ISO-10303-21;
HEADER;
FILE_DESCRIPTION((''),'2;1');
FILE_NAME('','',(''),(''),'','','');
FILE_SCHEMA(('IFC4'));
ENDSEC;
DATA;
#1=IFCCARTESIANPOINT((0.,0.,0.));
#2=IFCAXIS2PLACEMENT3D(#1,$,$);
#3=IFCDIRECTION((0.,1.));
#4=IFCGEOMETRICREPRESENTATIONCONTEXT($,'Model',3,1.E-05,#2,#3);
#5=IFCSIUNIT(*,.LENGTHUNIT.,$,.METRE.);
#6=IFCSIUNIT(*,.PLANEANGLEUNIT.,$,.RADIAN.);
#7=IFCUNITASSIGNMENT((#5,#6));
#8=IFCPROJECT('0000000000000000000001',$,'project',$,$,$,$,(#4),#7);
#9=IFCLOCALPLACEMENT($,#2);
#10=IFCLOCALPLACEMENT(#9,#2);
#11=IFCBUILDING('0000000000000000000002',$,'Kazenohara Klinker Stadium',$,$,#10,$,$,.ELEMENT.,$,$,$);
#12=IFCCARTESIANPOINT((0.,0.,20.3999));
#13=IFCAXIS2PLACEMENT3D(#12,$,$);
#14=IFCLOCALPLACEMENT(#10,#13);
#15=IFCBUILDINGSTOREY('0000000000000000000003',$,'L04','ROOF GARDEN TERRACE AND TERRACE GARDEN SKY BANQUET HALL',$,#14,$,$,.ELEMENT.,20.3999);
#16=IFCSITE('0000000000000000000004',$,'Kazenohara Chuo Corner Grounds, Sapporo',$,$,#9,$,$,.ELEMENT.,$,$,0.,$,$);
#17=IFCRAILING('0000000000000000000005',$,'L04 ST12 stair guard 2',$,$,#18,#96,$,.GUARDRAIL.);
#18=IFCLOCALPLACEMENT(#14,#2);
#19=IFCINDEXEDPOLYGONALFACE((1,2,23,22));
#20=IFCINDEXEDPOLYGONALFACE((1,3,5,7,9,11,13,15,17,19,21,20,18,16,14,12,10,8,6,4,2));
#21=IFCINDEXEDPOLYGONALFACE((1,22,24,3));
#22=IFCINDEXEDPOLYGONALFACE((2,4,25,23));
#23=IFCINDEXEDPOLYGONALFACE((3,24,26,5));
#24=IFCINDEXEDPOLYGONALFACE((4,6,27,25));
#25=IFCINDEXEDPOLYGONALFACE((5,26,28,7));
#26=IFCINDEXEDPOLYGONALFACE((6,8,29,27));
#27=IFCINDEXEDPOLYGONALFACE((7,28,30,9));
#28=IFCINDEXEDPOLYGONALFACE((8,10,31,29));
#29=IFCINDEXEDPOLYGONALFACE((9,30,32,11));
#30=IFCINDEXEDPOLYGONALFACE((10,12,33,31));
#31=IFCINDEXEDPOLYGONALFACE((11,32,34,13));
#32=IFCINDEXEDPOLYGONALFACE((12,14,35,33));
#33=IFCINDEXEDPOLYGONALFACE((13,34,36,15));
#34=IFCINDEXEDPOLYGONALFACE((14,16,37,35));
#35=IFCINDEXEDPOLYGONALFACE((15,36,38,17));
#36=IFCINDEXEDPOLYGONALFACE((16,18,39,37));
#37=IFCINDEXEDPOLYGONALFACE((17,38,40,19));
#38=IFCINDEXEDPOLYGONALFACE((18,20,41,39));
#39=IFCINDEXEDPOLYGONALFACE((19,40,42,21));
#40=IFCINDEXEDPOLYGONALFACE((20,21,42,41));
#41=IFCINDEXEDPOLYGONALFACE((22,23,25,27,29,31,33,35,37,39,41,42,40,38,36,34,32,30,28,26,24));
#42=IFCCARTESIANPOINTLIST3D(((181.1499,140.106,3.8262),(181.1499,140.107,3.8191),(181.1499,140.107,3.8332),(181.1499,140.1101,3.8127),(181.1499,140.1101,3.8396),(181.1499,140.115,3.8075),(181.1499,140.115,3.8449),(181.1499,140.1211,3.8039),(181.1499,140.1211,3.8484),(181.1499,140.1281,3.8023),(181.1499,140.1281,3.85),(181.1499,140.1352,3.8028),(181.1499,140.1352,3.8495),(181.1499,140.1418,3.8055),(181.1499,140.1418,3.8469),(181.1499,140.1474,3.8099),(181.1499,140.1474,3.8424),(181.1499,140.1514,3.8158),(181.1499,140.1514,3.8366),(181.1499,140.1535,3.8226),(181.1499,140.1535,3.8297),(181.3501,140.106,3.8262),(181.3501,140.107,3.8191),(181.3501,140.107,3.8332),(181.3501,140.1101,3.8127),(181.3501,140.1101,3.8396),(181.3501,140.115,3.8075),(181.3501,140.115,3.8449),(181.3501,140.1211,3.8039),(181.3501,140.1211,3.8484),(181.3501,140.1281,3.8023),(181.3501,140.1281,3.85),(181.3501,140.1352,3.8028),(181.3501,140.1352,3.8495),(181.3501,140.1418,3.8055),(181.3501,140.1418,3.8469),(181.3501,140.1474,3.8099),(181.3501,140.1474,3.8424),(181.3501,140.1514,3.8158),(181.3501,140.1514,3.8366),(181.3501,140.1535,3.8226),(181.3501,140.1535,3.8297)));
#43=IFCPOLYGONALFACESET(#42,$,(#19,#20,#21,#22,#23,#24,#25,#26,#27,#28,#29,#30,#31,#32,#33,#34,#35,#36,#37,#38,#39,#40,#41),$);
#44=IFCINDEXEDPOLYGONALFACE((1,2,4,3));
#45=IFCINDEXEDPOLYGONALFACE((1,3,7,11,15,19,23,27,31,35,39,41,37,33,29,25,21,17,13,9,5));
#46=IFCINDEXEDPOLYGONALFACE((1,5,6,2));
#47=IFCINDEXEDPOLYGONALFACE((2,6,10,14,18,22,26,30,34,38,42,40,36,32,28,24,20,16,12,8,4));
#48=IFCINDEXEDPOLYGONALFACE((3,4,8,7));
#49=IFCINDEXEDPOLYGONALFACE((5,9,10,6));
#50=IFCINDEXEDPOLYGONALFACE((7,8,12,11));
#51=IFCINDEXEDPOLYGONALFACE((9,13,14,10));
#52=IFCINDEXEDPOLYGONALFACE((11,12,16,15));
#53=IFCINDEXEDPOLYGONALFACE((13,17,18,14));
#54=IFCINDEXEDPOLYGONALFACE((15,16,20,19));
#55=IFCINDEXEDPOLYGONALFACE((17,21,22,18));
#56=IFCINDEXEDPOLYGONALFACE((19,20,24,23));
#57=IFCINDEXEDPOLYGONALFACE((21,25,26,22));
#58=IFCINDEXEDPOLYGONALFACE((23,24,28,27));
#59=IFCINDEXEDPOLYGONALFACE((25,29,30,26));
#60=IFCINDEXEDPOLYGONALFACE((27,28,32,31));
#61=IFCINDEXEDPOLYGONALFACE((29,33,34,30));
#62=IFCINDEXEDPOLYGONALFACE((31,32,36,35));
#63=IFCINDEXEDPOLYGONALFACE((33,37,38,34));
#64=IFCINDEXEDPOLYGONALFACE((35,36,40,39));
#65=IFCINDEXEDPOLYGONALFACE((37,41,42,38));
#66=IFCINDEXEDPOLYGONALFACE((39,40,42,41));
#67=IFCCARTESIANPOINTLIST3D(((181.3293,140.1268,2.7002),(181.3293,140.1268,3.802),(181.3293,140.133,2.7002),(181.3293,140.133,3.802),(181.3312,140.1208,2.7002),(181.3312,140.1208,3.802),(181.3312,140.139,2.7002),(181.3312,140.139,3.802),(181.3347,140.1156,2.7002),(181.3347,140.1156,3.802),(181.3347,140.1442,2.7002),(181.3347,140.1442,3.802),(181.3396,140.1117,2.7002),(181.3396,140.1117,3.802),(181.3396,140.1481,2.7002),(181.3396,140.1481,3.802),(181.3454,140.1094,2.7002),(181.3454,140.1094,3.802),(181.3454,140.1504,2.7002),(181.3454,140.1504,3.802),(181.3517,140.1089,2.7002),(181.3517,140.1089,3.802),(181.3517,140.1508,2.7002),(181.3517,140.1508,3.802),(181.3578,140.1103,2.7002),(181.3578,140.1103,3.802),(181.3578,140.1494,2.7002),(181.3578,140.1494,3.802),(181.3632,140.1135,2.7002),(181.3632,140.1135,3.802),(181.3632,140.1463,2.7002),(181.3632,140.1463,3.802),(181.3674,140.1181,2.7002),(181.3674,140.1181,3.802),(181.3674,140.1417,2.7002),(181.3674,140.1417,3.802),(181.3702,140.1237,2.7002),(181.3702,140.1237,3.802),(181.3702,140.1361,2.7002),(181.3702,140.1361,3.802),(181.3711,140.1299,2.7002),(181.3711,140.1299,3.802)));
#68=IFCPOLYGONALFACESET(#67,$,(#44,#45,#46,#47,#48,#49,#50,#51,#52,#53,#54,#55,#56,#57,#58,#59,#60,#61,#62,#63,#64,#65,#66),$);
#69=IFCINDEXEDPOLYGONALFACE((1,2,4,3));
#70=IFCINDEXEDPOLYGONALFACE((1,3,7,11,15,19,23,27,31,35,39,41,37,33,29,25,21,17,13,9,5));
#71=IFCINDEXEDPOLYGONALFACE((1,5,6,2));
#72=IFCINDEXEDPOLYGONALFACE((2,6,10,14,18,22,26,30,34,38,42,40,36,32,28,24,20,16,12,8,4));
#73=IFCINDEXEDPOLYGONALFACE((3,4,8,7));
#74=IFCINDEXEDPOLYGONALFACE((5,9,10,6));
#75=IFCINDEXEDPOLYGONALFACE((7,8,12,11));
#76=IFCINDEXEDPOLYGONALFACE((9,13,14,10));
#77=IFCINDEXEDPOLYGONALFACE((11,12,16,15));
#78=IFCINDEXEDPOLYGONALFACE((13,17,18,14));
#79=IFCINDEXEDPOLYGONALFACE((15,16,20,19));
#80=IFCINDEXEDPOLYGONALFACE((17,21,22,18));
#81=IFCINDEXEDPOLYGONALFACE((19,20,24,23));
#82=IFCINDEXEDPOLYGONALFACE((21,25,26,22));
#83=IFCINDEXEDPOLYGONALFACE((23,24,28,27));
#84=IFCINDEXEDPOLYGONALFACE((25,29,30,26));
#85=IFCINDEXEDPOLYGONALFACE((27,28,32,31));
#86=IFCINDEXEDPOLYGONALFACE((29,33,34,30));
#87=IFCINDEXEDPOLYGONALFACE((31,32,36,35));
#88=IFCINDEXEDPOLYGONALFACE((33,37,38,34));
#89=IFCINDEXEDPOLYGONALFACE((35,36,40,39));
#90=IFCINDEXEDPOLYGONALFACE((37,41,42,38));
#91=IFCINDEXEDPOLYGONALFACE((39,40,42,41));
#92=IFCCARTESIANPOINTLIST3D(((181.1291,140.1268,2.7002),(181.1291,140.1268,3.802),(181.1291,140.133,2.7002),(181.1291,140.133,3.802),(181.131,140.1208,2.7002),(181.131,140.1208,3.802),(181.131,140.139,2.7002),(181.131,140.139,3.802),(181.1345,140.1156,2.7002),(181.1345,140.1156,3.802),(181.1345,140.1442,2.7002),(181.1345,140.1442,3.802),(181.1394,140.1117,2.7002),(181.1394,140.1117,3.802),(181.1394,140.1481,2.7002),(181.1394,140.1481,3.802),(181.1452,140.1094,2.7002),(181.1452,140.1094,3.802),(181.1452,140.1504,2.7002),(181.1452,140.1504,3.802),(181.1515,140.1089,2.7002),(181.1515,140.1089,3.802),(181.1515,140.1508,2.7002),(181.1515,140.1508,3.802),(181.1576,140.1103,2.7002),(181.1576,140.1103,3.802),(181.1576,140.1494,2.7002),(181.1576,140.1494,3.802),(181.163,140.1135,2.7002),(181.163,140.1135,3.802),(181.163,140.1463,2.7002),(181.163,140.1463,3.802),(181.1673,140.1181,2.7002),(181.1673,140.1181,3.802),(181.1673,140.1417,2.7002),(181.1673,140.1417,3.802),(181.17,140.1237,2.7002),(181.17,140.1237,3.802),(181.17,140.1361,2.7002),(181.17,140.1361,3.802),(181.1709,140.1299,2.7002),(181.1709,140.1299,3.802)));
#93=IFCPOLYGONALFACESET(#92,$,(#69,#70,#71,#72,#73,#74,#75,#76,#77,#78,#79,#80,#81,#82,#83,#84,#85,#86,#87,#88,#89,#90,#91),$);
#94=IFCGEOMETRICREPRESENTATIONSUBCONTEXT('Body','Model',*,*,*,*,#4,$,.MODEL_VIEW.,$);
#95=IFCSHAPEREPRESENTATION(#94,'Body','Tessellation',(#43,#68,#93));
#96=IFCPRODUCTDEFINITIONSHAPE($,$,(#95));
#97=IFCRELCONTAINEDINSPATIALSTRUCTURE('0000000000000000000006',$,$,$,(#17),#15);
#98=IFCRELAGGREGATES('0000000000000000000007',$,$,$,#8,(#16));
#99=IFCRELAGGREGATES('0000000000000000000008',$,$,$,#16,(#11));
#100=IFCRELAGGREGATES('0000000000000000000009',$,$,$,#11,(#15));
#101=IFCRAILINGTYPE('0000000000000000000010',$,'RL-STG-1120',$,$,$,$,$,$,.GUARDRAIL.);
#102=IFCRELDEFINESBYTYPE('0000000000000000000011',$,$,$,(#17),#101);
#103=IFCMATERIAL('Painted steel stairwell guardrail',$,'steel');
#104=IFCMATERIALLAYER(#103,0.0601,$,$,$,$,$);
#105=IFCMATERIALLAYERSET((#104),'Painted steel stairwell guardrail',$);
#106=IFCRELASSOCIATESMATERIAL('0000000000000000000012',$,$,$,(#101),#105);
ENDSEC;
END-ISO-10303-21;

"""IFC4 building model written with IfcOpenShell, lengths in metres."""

from ifc_helpers import new_model, si_unit, direction, frame, origin, origin_2d, place, context, subcontext, project, spatial, circle, extrude, material, layer, layer_set, type_object, element, save


model = new_model("IFC4")

# Units and contexts
model_context = context("Model", 3, precision=1e-05, world=origin(), true_north=direction((0.0, 1.0)))
body_context = subcontext(model_context, "Body", "Model", "MODEL_VIEW")
ifc_project = project(units=[si_unit("LENGTHUNIT", "METRE"), si_unit("PLANEANGLEUNIT", "RADIAN")], contexts=[model_context])

# Site, building, storey
site_placement = place(None, origin())
site = spatial("IfcSite", under=ifc_project, at=site_placement, Name="Kazenohara Chuo Corner Grounds, Sapporo", CompositionType="ELEMENT", RefElevation=0.0)
building_placement = place(site_placement, origin())
building = spatial("IfcBuilding", under=site, at=building_placement, Name="Kazenohara Klinker Stadium", CompositionType="ELEMENT")
storey_placement = place(building_placement, frame((0.0, 0.0, 20.3999)))
storey = spatial("IfcBuildingStorey", under=building, at=storey_placement, Name="L04", Description="ROOF GARDEN TERRACE AND TERRACE GARDEN SKY BANQUET HALL", CompositionType="ELEMENT", Elevation=20.3999)

# Railing
ifc_material_1 = material(Name="Painted steel stairwell guardrail", Category="steel")
ifc_layer_1 = layer(ifc_material_1, 0.0601)
ifc_layer_set_1 = layer_set([ifc_layer_1], Name="Painted steel stairwell guardrail")
railing_type_1 = type_object("IfcRailingType", Name="RL-STG-1120", PredefinedType="GUARDRAIL", material=ifc_layer_set_1)
railing_1_placement = place(storey_placement, frame((181.3501, 140.1299, 2.7002)))
element("IfcRailing", 1, at=railing_1_placement, inside=storey, type_object=railing_type_1, Name="L04 ST12 stair guard 2", PredefinedType="GUARDRAIL", context=body_context, shape_type="SweptSolid", body=[
    extrude(circle(Radius=0.0239, at=origin_2d()), frame((0.0, 0.0, 1.126), z_axis=(-1.0, 0.0, 0.0), x_axis=(0.0, -1.0, 0.0)), (0.0, 0.0, 1.0), 0.2002),
    extrude(circle(Radius=0.021, at=origin_2d()), origin(), (0.0, 0.0, 1.0), 1.1018),
    extrude(circle(Radius=0.021, at=origin_2d()), frame((-0.2002, 0.0, 0.0)), (0.0, 0.0, 1.0), 1.1018),
])

save(model, "model.ifc")
